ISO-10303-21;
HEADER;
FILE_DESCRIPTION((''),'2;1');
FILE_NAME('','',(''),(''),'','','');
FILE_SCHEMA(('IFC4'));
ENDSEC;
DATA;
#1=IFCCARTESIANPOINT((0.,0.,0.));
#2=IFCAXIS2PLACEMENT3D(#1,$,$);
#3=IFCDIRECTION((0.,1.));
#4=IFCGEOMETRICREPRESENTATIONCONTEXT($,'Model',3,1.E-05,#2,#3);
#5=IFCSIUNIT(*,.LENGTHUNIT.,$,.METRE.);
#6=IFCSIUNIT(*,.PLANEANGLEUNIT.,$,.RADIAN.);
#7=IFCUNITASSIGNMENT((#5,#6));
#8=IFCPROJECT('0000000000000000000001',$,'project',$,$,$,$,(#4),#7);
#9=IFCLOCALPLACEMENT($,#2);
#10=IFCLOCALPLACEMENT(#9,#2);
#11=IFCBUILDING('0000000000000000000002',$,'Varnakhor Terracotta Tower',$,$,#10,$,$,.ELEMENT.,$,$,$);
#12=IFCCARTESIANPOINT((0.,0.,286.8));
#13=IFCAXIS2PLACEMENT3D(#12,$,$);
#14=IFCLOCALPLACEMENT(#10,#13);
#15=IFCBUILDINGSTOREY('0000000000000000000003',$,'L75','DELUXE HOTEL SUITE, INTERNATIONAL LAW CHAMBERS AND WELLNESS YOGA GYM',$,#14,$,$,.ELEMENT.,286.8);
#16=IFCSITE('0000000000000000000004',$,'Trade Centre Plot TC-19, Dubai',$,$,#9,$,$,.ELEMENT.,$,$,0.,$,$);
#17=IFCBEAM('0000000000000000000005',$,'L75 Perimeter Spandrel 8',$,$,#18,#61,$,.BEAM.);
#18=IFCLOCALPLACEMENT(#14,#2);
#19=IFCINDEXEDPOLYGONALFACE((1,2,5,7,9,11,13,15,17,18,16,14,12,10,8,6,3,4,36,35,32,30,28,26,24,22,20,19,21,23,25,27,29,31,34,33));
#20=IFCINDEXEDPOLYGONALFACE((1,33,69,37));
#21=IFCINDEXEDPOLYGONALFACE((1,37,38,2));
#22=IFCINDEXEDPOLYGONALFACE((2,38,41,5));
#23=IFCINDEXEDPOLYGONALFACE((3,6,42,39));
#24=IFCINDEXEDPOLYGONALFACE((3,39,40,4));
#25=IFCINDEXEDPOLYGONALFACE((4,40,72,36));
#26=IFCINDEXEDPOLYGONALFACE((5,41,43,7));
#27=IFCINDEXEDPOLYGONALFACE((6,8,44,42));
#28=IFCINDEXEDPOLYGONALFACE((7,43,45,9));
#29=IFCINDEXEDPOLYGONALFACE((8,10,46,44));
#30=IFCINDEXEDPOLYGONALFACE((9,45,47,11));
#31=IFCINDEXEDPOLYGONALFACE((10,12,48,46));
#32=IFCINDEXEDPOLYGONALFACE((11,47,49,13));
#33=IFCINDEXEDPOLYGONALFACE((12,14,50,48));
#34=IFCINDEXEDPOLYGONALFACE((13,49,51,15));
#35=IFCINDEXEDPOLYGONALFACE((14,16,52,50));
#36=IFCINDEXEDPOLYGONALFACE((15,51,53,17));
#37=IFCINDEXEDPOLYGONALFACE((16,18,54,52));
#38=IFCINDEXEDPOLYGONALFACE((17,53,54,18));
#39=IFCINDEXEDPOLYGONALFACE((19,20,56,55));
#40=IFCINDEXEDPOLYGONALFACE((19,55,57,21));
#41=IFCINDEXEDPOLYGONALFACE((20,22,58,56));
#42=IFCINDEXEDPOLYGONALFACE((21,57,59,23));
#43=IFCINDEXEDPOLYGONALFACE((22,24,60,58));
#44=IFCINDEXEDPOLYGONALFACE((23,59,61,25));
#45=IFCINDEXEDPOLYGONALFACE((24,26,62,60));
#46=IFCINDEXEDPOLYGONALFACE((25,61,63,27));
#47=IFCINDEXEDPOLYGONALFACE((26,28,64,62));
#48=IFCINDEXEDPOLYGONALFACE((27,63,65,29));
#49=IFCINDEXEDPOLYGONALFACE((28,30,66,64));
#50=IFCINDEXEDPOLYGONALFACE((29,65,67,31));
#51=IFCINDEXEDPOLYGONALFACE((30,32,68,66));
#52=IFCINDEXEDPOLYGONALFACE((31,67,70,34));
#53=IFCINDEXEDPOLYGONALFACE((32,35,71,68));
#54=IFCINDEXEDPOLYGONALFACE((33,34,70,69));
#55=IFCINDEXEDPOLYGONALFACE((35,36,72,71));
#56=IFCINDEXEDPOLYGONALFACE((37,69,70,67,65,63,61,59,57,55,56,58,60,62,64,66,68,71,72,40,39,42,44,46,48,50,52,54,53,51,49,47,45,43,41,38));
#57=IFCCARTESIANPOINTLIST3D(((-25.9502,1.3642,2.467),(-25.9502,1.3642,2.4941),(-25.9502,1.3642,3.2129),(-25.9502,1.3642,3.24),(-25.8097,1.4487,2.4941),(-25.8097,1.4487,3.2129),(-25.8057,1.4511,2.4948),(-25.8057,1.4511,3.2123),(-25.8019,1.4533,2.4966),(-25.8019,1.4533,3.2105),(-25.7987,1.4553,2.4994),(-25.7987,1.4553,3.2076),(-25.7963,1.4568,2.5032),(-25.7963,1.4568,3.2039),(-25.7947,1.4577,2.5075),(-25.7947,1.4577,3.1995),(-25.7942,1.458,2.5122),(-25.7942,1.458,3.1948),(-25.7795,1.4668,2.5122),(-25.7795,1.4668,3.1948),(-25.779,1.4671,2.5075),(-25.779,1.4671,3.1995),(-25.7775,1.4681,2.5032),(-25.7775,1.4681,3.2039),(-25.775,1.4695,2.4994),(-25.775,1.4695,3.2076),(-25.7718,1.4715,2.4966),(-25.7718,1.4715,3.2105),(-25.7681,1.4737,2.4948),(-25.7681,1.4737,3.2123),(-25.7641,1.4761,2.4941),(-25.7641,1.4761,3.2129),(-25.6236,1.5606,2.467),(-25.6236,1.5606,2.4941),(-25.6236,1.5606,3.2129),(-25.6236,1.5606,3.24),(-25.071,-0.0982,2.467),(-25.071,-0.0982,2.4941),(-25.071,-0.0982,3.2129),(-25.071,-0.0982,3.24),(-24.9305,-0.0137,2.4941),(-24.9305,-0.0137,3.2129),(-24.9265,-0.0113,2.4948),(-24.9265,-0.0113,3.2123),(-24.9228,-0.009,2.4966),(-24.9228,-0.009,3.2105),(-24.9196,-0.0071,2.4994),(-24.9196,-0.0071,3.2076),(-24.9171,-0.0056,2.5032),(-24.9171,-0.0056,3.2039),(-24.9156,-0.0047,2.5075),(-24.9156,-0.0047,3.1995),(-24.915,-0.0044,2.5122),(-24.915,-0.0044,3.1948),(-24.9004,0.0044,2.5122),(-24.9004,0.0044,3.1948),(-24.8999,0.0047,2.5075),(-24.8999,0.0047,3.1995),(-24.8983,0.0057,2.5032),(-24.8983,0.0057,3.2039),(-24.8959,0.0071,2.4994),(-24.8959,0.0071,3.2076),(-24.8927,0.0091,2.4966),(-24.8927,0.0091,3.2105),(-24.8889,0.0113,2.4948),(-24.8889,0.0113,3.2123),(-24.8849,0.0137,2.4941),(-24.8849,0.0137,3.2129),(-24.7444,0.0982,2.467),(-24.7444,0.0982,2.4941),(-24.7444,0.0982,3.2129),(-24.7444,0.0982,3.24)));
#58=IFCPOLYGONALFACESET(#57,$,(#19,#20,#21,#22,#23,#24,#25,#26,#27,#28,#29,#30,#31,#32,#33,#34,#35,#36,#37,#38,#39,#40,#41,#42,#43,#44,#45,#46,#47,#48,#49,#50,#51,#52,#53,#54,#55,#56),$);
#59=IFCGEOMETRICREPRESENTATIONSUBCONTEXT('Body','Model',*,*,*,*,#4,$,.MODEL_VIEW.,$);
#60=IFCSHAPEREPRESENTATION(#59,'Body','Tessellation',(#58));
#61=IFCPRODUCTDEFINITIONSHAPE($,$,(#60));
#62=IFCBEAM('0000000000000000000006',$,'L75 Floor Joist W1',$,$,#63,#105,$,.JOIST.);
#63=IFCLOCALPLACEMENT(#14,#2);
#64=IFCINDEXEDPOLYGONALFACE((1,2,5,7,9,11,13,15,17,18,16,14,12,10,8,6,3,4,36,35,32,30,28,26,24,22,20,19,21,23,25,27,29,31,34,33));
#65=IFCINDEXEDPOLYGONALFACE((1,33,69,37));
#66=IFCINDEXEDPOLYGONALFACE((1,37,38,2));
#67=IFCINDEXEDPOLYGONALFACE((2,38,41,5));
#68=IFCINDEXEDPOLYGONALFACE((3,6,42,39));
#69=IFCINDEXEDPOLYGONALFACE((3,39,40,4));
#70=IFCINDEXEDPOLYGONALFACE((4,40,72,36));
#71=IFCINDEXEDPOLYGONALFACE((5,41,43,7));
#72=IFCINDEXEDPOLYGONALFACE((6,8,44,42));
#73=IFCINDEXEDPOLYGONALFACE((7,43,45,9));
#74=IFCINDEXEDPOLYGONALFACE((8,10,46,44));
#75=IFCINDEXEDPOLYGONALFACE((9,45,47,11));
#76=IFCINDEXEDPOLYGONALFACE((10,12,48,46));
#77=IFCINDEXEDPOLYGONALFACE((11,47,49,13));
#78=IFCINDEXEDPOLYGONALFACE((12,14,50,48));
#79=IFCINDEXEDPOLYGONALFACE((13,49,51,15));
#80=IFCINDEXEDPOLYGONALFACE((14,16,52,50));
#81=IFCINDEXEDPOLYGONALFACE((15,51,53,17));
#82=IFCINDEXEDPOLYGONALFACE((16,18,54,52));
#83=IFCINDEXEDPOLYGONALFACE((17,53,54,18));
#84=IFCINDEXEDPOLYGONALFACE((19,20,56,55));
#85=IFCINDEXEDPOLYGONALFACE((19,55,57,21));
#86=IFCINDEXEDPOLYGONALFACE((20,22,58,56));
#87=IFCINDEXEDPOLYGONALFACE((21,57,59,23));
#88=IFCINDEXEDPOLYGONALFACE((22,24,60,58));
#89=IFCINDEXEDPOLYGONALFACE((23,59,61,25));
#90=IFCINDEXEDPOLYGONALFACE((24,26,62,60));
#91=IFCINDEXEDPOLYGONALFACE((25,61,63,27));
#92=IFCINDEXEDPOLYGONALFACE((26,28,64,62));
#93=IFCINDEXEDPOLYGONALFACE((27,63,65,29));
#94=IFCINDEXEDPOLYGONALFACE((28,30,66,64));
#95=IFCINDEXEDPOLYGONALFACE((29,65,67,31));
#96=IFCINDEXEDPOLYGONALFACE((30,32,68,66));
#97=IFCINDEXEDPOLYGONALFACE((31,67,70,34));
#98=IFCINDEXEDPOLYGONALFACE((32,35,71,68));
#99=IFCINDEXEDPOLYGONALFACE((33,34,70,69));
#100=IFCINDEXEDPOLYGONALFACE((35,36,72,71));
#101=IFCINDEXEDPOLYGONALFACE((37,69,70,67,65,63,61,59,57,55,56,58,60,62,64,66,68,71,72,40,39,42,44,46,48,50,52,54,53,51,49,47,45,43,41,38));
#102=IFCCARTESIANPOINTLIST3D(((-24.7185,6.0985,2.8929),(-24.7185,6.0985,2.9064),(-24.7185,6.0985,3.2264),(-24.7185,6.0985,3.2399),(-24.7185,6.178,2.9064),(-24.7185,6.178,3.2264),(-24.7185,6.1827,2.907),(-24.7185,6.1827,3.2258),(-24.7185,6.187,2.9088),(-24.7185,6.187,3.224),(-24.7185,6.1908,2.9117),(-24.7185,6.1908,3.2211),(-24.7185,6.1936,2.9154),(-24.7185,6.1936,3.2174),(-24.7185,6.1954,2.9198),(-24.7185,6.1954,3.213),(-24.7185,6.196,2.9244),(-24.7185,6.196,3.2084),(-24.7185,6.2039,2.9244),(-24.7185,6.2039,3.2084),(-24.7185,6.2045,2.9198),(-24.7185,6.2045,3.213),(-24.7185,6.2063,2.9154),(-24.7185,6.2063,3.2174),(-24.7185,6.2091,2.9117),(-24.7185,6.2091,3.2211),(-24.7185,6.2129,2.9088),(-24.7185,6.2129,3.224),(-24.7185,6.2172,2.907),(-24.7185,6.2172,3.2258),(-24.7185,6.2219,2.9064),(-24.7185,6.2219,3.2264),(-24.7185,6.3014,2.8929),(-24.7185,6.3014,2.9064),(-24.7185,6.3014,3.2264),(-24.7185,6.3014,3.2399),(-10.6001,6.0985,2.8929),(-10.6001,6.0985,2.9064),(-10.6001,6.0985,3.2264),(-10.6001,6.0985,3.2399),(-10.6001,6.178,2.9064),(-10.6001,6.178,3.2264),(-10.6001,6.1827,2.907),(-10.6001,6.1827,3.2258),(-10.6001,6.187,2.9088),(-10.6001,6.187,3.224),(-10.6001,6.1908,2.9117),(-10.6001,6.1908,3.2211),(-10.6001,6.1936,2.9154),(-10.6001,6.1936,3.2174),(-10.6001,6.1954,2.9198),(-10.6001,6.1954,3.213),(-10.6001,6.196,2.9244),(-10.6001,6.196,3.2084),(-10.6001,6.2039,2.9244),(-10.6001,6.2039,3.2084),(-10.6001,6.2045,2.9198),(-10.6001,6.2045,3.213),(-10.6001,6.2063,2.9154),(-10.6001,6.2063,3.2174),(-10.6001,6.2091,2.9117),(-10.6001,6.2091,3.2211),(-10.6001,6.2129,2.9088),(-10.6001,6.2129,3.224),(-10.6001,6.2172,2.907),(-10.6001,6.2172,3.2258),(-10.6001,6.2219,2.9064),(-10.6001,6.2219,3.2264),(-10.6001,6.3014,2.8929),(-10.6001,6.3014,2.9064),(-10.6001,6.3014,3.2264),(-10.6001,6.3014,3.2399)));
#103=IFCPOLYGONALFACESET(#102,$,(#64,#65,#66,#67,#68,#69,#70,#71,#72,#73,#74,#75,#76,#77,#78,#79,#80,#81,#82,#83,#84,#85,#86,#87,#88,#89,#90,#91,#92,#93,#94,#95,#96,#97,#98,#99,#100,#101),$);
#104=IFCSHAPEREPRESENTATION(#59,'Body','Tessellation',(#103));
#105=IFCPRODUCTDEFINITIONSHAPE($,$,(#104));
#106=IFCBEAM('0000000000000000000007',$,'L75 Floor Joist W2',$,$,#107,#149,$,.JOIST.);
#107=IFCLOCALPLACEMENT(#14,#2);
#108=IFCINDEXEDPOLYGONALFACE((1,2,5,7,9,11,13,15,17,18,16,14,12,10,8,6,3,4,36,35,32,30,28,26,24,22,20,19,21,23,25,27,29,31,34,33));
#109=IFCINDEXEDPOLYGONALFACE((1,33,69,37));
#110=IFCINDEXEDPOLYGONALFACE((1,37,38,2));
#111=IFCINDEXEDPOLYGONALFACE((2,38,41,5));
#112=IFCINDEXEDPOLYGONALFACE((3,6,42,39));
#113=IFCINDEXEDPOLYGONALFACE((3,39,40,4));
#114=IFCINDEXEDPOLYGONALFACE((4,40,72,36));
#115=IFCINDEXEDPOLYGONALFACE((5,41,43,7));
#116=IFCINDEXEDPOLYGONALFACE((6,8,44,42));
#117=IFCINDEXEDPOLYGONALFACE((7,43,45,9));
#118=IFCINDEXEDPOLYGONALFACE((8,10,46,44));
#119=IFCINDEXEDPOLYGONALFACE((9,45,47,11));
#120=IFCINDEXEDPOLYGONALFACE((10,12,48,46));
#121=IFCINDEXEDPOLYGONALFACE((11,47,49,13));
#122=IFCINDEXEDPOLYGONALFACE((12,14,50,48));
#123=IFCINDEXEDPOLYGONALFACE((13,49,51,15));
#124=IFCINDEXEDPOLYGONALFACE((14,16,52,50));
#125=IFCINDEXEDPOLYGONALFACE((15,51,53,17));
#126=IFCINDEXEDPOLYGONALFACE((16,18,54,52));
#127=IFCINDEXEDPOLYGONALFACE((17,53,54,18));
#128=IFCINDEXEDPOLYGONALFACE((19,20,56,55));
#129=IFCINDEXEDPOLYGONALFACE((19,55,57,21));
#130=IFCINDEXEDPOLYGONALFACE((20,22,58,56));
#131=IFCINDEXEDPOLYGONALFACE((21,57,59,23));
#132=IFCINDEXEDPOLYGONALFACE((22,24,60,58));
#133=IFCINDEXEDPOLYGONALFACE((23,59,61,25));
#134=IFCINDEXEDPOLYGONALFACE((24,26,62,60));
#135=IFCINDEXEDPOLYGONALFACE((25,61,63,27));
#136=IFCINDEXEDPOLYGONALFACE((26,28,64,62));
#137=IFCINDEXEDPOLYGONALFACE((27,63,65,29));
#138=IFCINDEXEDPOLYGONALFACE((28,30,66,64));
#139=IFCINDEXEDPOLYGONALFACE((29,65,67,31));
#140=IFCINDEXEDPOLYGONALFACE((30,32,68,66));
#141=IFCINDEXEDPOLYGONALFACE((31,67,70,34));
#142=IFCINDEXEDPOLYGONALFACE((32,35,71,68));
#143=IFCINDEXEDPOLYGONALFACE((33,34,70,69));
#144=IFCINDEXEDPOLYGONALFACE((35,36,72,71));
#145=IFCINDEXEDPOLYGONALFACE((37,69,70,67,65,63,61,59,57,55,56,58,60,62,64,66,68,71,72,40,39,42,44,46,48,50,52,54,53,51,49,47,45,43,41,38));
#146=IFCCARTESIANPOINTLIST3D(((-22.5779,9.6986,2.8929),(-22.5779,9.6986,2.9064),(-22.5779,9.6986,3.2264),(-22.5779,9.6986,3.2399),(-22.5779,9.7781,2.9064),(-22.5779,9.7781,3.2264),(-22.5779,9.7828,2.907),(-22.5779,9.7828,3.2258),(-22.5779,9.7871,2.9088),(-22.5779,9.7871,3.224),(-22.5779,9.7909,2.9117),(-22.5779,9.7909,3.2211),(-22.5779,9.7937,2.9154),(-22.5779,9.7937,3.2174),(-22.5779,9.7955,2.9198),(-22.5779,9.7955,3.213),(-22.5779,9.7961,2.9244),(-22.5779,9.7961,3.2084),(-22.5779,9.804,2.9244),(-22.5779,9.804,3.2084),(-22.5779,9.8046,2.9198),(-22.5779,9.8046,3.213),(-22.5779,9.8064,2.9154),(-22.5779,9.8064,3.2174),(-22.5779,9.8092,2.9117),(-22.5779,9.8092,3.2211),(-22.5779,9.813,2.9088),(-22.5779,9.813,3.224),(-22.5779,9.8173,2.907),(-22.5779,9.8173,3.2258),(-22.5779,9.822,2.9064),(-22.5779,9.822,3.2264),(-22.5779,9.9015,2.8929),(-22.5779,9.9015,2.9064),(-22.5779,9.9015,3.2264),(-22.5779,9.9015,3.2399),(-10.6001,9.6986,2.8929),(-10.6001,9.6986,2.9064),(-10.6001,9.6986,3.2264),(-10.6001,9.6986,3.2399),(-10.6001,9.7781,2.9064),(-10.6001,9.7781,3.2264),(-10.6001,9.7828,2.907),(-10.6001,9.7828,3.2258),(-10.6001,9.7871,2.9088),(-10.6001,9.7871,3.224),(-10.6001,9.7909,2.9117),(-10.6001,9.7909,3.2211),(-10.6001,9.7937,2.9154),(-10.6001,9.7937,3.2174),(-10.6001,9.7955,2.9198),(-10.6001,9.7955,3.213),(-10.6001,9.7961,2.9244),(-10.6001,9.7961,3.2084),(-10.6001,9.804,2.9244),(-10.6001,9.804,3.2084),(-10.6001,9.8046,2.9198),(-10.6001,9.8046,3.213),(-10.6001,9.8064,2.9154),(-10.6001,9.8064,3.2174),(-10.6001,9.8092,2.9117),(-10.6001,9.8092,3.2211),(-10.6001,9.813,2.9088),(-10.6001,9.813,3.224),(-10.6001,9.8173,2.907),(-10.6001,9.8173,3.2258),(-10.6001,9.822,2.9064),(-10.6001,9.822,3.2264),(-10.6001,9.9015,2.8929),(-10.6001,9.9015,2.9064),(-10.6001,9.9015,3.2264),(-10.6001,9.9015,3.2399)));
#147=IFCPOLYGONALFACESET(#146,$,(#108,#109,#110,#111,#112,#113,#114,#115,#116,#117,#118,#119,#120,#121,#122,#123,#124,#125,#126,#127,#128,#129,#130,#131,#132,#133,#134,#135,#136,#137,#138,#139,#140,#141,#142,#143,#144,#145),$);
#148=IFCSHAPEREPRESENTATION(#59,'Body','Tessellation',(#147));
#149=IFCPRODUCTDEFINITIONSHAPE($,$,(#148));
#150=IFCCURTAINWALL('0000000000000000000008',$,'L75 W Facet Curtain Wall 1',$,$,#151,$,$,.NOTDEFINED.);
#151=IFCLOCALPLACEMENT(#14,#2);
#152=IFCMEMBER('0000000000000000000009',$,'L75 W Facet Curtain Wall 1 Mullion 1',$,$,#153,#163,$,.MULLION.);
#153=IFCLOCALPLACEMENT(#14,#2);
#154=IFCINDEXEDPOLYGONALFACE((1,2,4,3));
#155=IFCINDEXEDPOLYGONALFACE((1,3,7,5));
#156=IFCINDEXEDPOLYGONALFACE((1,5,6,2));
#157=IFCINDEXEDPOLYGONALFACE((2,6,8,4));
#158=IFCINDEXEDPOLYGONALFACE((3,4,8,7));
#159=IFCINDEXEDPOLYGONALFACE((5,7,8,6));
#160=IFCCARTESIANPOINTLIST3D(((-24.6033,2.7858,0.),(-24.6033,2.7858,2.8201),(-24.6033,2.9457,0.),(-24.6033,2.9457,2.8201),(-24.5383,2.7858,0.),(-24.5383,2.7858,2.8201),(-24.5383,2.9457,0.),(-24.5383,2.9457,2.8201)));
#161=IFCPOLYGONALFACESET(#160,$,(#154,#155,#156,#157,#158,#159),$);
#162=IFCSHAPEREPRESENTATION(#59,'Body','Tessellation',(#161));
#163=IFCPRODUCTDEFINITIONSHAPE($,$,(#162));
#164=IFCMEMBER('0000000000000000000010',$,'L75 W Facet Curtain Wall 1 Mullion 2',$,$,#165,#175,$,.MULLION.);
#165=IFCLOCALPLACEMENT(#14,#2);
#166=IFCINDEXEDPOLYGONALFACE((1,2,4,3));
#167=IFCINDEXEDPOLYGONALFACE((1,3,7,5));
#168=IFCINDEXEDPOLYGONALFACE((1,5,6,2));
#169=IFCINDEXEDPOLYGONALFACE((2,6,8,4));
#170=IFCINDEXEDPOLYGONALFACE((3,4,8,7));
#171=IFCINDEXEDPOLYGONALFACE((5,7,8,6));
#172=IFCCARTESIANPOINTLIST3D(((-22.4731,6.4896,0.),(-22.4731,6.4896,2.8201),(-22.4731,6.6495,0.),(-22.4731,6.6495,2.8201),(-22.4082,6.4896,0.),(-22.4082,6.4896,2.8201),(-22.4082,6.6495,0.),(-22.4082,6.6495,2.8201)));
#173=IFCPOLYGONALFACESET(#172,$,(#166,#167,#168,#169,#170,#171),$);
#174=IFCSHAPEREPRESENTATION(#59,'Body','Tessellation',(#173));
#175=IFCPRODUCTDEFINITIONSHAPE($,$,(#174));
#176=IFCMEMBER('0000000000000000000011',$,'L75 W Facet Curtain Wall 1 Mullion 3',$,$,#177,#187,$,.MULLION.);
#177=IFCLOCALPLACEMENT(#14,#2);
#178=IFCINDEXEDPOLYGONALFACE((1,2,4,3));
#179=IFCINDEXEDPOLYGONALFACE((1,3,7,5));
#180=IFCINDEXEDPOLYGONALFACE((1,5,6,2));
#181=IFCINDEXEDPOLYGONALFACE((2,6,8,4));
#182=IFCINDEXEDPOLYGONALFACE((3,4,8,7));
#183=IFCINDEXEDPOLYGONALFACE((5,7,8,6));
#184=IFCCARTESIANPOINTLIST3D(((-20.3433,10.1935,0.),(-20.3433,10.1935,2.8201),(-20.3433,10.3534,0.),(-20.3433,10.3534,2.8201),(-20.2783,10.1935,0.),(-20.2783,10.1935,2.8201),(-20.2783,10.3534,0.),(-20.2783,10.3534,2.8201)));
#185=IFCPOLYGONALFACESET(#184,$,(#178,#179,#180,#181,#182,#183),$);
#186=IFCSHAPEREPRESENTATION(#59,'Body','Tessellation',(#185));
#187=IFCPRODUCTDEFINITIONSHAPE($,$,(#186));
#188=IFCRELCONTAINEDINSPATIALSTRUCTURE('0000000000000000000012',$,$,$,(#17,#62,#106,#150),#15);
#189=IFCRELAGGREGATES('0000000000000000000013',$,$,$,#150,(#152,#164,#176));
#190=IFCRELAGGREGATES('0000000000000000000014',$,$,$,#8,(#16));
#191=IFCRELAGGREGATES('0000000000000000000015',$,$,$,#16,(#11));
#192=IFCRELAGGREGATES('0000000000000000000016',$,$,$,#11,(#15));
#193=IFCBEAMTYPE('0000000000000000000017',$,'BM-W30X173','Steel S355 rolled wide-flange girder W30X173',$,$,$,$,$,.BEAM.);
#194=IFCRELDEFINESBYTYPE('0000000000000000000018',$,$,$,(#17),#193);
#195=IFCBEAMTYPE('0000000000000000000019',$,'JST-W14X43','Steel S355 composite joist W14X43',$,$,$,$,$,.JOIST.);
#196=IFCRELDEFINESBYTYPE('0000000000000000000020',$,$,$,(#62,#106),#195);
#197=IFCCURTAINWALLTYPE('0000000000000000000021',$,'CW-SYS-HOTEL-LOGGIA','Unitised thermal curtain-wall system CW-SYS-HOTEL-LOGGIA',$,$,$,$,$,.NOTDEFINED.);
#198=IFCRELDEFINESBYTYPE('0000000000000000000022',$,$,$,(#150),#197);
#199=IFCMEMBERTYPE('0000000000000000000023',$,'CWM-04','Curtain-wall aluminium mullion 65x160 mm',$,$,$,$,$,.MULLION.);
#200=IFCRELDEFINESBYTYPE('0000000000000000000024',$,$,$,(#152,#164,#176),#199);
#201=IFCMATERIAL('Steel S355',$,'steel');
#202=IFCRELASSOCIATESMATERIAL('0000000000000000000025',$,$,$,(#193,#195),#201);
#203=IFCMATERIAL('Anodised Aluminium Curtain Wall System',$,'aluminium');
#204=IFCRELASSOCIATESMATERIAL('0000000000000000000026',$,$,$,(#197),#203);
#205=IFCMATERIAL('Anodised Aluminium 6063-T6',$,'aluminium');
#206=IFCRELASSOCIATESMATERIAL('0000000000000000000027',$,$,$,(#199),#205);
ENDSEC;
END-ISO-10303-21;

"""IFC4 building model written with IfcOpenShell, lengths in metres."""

from ifc_helpers import new_model, si_unit, direction, frame, origin, origin_2d, place, context, subcontext, project, spatial, rectangle, i_section, extrude, source, transform, mapped, material, material_profile, profile_set, type_object, type_shapes, element, aggregate, save


model = new_model("IFC4")

# Units and contexts
model_context = context("Model", 3, precision=1e-05, world=origin(), true_north=direction((0.0, 1.0)))
body_context = subcontext(model_context, "Body", "Model", "MODEL_VIEW")
ifc_project = project(units=[si_unit("LENGTHUNIT", "METRE"), si_unit("PLANEANGLEUNIT", "RADIAN")], contexts=[model_context])

# Site, building, storey
site_placement = place(None, origin())
site = spatial("IfcSite", under=ifc_project, at=site_placement, Name="Trade Centre Plot TC-19, Dubai", CompositionType="ELEMENT", RefElevation=0.0)
building_placement = place(site_placement, origin())
building = spatial("IfcBuilding", under=site, at=building_placement, Name="Varnakhor Terracotta Tower", CompositionType="ELEMENT")
storey_placement = place(building_placement, frame((0.0, 0.0, 286.8)))
storey = spatial("IfcBuildingStorey", under=building, at=storey_placement, Name="L75", Description="DELUXE HOTEL SUITE, INTERNATIONAL LAW CHAMBERS AND WELLNESS YOGA GYM", CompositionType="ELEMENT", Elevation=286.8)

# Shared definitions
ifc_material_1 = material(Name="Steel S355", Category="steel")

# Beams
ifc_material_profile_1 = material_profile(ifc_material_1, i_section(OverallWidth=0.3811, OverallDepth=0.7729, WebThickness=0.0171, FlangeThickness=0.0271, FilletRadius=0.0181, at=origin_2d()), Name="W30X173")
ifc_profile_set_1 = profile_set([ifc_material_profile_1], Name="Steel S355")
beam_type_1 = type_object("IfcBeamType", Name="BM-W30X173", Description="Steel S355 rolled wide-flange girder W30X173", PredefinedType="BEAM", material=ifc_profile_set_1)
shared_shape_1 = source(origin(), body_context, "Body", "SweptSolid", [
    extrude(i_section(OverallWidth=0.3811, OverallDepth=0.7729, WebThickness=0.0171, FlangeThickness=0.0271, FilletRadius=0.0181, at=origin_2d()), origin(), (0.0, 0.0, 1.0), 1.7063),
])
beam_1_placement = place(storey_placement, frame((-25.7869, 1.4624, 2.8535), z_axis=(0.515232, -0.857051, 0.0), x_axis=(0.857051, 0.515232, 0.0)))
element("IfcBeam", 1, at=beam_1_placement, inside=storey, type_object=beam_type_1, Name="L75 Perimeter Spandrel 8", PredefinedType="BEAM", context=body_context, shape_type="MappedRepresentation", body=[
    mapped(shared_shape_1, transform((0.0, 0.0, 0.0), scale=1.0)),
])
ifc_material_profile_2 = material_profile(ifc_material_1, i_section(OverallWidth=0.2029, OverallDepth=0.3469, WebThickness=0.0078, FlangeThickness=0.0134, FilletRadius=0.0181, at=origin_2d()), Name="W14X43")
ifc_profile_set_2 = profile_set([ifc_material_profile_2], Name="Steel S355")
beam_type_2 = type_object("IfcBeamType", Name="JST-W14X43", Description="Steel S355 composite joist W14X43", PredefinedType="JOIST", material=ifc_profile_set_2)
shared_shape_2 = source(origin(), body_context, "Body", "SweptSolid", [
    extrude(i_section(OverallWidth=0.2029, OverallDepth=0.3469, WebThickness=0.0078, FlangeThickness=0.0134, FilletRadius=0.0181, at=origin_2d()), origin(), (0.0, 0.0, 1.0), 14.1184),
])
beam_2_placement = place(storey_placement, frame((-24.7185, 6.2, 3.0664), z_axis=(1.0, 0.0, 0.0), x_axis=(0.0, 1.0, 0.0)))
element("IfcBeam", 2, at=beam_2_placement, inside=storey, type_object=beam_type_2, Name="L75 Floor Joist W1", PredefinedType="JOIST", context=body_context, shape_type="MappedRepresentation", body=[
    mapped(shared_shape_2, transform((0.0, 0.0, 0.0), scale=1.0)),
])
shared_shape_3 = source(origin(), body_context, "Body", "SweptSolid", [
    extrude(i_section(OverallWidth=0.2029, OverallDepth=0.3469, WebThickness=0.0078, FlangeThickness=0.0134, FilletRadius=0.0181, at=origin_2d()), origin(), (0.0, 0.0, 1.0), 11.9778),
])
beam_3_placement = place(storey_placement, frame((-22.5779, 9.8, 3.0664), z_axis=(1.0, 0.0, 0.0), x_axis=(0.0, 1.0, 0.0)))
element("IfcBeam", 3, at=beam_3_placement, inside=storey, type_object=beam_type_2, Name="L75 Floor Joist W2", PredefinedType="JOIST", context=body_context, shape_type="MappedRepresentation", body=[
    mapped(shared_shape_3, transform((0.0, 0.0, 0.0), scale=1.0)),
])

# Curtain wall, members
ifc_material_2 = material(Name="Anodised Aluminium Curtain Wall System", Category="aluminium")
curtain_wall_type = type_object("IfcCurtainWallType", Name="CW-SYS-HOTEL-LOGGIA", Description="Unitised thermal curtain-wall system CW-SYS-HOTEL-LOGGIA", PredefinedType="NOTDEFINED", material=ifc_material_2)
curtain_wall_1_placement = place(storey_placement, origin())
curtain_wall_1 = element("IfcCurtainWall", 4, at=curtain_wall_1_placement, inside=storey, type_object=curtain_wall_type, Name="L75 W Facet Curtain Wall 1", PredefinedType="NOTDEFINED")
ifc_material_3 = material(Name="Anodised Aluminium 6063-T6", Category="aluminium")
ifc_material_profile_3 = material_profile(ifc_material_3, rectangle(XDim=0.0649, YDim=0.1599, at=origin_2d()), Name="ALU MULLION 65x160")
ifc_profile_set_3 = profile_set([ifc_material_profile_3], Name="Anodised Aluminium 6063-T6")
member_type_1 = type_object("IfcMemberType", Name="CWM-04", Description="Curtain-wall aluminium mullion 65x160 mm", PredefinedType="MULLION", material=ifc_profile_set_3)
shared_shape_4 = source(origin(), body_context, "Body", "SweptSolid", [
    extrude(rectangle(XDim=0.0649, YDim=0.1599, at=origin_2d()), origin(), (0.0, 0.0, 1.0), 2.8201),
])
type_shapes(member_type_1, [shared_shape_4])
member_1_placement = place(storey_placement, frame((-24.5708, 2.8657, 0.0), z_axis=(0.0, 0.0, 1.0), x_axis=(1.0, 0.0, 0.0)))
member_1 = element("IfcMember", 5, at=member_1_placement, type_object=member_type_1, Name="L75 W Facet Curtain Wall 1 Mullion 1", PredefinedType="MULLION", context=body_context, shape_type="MappedRepresentation", body=[
    mapped(shared_shape_4, transform((0.0, 0.0, 0.0), scale=1.0)),
])
member_2_placement = place(storey_placement, frame((-22.4407, 6.5696, 0.0), z_axis=(0.0, 0.0, 1.0), x_axis=(1.0, 0.0, 0.0)))
member_2 = element("IfcMember", 6, at=member_2_placement, type_object=member_type_1, Name="L75 W Facet Curtain Wall 1 Mullion 2", PredefinedType="MULLION", context=body_context, shape_type="MappedRepresentation", body=[
    mapped(shared_shape_4, transform((0.0, 0.0, 0.0), scale=1.0)),
])
member_3_placement = place(storey_placement, frame((-20.3108, 10.2734, 0.0), z_axis=(0.0, 0.0, 1.0), x_axis=(1.0, 0.0, 0.0)))
member_3 = element("IfcMember", 7, at=member_3_placement, type_object=member_type_1, Name="L75 W Facet Curtain Wall 1 Mullion 3", PredefinedType="MULLION", context=body_context, shape_type="MappedRepresentation", body=[
    mapped(shared_shape_4, transform((0.0, 0.0, 0.0), scale=1.0)),
])

aggregate(curtain_wall_1, [member_1, member_2, member_3])

save(model, "model.ifc")
